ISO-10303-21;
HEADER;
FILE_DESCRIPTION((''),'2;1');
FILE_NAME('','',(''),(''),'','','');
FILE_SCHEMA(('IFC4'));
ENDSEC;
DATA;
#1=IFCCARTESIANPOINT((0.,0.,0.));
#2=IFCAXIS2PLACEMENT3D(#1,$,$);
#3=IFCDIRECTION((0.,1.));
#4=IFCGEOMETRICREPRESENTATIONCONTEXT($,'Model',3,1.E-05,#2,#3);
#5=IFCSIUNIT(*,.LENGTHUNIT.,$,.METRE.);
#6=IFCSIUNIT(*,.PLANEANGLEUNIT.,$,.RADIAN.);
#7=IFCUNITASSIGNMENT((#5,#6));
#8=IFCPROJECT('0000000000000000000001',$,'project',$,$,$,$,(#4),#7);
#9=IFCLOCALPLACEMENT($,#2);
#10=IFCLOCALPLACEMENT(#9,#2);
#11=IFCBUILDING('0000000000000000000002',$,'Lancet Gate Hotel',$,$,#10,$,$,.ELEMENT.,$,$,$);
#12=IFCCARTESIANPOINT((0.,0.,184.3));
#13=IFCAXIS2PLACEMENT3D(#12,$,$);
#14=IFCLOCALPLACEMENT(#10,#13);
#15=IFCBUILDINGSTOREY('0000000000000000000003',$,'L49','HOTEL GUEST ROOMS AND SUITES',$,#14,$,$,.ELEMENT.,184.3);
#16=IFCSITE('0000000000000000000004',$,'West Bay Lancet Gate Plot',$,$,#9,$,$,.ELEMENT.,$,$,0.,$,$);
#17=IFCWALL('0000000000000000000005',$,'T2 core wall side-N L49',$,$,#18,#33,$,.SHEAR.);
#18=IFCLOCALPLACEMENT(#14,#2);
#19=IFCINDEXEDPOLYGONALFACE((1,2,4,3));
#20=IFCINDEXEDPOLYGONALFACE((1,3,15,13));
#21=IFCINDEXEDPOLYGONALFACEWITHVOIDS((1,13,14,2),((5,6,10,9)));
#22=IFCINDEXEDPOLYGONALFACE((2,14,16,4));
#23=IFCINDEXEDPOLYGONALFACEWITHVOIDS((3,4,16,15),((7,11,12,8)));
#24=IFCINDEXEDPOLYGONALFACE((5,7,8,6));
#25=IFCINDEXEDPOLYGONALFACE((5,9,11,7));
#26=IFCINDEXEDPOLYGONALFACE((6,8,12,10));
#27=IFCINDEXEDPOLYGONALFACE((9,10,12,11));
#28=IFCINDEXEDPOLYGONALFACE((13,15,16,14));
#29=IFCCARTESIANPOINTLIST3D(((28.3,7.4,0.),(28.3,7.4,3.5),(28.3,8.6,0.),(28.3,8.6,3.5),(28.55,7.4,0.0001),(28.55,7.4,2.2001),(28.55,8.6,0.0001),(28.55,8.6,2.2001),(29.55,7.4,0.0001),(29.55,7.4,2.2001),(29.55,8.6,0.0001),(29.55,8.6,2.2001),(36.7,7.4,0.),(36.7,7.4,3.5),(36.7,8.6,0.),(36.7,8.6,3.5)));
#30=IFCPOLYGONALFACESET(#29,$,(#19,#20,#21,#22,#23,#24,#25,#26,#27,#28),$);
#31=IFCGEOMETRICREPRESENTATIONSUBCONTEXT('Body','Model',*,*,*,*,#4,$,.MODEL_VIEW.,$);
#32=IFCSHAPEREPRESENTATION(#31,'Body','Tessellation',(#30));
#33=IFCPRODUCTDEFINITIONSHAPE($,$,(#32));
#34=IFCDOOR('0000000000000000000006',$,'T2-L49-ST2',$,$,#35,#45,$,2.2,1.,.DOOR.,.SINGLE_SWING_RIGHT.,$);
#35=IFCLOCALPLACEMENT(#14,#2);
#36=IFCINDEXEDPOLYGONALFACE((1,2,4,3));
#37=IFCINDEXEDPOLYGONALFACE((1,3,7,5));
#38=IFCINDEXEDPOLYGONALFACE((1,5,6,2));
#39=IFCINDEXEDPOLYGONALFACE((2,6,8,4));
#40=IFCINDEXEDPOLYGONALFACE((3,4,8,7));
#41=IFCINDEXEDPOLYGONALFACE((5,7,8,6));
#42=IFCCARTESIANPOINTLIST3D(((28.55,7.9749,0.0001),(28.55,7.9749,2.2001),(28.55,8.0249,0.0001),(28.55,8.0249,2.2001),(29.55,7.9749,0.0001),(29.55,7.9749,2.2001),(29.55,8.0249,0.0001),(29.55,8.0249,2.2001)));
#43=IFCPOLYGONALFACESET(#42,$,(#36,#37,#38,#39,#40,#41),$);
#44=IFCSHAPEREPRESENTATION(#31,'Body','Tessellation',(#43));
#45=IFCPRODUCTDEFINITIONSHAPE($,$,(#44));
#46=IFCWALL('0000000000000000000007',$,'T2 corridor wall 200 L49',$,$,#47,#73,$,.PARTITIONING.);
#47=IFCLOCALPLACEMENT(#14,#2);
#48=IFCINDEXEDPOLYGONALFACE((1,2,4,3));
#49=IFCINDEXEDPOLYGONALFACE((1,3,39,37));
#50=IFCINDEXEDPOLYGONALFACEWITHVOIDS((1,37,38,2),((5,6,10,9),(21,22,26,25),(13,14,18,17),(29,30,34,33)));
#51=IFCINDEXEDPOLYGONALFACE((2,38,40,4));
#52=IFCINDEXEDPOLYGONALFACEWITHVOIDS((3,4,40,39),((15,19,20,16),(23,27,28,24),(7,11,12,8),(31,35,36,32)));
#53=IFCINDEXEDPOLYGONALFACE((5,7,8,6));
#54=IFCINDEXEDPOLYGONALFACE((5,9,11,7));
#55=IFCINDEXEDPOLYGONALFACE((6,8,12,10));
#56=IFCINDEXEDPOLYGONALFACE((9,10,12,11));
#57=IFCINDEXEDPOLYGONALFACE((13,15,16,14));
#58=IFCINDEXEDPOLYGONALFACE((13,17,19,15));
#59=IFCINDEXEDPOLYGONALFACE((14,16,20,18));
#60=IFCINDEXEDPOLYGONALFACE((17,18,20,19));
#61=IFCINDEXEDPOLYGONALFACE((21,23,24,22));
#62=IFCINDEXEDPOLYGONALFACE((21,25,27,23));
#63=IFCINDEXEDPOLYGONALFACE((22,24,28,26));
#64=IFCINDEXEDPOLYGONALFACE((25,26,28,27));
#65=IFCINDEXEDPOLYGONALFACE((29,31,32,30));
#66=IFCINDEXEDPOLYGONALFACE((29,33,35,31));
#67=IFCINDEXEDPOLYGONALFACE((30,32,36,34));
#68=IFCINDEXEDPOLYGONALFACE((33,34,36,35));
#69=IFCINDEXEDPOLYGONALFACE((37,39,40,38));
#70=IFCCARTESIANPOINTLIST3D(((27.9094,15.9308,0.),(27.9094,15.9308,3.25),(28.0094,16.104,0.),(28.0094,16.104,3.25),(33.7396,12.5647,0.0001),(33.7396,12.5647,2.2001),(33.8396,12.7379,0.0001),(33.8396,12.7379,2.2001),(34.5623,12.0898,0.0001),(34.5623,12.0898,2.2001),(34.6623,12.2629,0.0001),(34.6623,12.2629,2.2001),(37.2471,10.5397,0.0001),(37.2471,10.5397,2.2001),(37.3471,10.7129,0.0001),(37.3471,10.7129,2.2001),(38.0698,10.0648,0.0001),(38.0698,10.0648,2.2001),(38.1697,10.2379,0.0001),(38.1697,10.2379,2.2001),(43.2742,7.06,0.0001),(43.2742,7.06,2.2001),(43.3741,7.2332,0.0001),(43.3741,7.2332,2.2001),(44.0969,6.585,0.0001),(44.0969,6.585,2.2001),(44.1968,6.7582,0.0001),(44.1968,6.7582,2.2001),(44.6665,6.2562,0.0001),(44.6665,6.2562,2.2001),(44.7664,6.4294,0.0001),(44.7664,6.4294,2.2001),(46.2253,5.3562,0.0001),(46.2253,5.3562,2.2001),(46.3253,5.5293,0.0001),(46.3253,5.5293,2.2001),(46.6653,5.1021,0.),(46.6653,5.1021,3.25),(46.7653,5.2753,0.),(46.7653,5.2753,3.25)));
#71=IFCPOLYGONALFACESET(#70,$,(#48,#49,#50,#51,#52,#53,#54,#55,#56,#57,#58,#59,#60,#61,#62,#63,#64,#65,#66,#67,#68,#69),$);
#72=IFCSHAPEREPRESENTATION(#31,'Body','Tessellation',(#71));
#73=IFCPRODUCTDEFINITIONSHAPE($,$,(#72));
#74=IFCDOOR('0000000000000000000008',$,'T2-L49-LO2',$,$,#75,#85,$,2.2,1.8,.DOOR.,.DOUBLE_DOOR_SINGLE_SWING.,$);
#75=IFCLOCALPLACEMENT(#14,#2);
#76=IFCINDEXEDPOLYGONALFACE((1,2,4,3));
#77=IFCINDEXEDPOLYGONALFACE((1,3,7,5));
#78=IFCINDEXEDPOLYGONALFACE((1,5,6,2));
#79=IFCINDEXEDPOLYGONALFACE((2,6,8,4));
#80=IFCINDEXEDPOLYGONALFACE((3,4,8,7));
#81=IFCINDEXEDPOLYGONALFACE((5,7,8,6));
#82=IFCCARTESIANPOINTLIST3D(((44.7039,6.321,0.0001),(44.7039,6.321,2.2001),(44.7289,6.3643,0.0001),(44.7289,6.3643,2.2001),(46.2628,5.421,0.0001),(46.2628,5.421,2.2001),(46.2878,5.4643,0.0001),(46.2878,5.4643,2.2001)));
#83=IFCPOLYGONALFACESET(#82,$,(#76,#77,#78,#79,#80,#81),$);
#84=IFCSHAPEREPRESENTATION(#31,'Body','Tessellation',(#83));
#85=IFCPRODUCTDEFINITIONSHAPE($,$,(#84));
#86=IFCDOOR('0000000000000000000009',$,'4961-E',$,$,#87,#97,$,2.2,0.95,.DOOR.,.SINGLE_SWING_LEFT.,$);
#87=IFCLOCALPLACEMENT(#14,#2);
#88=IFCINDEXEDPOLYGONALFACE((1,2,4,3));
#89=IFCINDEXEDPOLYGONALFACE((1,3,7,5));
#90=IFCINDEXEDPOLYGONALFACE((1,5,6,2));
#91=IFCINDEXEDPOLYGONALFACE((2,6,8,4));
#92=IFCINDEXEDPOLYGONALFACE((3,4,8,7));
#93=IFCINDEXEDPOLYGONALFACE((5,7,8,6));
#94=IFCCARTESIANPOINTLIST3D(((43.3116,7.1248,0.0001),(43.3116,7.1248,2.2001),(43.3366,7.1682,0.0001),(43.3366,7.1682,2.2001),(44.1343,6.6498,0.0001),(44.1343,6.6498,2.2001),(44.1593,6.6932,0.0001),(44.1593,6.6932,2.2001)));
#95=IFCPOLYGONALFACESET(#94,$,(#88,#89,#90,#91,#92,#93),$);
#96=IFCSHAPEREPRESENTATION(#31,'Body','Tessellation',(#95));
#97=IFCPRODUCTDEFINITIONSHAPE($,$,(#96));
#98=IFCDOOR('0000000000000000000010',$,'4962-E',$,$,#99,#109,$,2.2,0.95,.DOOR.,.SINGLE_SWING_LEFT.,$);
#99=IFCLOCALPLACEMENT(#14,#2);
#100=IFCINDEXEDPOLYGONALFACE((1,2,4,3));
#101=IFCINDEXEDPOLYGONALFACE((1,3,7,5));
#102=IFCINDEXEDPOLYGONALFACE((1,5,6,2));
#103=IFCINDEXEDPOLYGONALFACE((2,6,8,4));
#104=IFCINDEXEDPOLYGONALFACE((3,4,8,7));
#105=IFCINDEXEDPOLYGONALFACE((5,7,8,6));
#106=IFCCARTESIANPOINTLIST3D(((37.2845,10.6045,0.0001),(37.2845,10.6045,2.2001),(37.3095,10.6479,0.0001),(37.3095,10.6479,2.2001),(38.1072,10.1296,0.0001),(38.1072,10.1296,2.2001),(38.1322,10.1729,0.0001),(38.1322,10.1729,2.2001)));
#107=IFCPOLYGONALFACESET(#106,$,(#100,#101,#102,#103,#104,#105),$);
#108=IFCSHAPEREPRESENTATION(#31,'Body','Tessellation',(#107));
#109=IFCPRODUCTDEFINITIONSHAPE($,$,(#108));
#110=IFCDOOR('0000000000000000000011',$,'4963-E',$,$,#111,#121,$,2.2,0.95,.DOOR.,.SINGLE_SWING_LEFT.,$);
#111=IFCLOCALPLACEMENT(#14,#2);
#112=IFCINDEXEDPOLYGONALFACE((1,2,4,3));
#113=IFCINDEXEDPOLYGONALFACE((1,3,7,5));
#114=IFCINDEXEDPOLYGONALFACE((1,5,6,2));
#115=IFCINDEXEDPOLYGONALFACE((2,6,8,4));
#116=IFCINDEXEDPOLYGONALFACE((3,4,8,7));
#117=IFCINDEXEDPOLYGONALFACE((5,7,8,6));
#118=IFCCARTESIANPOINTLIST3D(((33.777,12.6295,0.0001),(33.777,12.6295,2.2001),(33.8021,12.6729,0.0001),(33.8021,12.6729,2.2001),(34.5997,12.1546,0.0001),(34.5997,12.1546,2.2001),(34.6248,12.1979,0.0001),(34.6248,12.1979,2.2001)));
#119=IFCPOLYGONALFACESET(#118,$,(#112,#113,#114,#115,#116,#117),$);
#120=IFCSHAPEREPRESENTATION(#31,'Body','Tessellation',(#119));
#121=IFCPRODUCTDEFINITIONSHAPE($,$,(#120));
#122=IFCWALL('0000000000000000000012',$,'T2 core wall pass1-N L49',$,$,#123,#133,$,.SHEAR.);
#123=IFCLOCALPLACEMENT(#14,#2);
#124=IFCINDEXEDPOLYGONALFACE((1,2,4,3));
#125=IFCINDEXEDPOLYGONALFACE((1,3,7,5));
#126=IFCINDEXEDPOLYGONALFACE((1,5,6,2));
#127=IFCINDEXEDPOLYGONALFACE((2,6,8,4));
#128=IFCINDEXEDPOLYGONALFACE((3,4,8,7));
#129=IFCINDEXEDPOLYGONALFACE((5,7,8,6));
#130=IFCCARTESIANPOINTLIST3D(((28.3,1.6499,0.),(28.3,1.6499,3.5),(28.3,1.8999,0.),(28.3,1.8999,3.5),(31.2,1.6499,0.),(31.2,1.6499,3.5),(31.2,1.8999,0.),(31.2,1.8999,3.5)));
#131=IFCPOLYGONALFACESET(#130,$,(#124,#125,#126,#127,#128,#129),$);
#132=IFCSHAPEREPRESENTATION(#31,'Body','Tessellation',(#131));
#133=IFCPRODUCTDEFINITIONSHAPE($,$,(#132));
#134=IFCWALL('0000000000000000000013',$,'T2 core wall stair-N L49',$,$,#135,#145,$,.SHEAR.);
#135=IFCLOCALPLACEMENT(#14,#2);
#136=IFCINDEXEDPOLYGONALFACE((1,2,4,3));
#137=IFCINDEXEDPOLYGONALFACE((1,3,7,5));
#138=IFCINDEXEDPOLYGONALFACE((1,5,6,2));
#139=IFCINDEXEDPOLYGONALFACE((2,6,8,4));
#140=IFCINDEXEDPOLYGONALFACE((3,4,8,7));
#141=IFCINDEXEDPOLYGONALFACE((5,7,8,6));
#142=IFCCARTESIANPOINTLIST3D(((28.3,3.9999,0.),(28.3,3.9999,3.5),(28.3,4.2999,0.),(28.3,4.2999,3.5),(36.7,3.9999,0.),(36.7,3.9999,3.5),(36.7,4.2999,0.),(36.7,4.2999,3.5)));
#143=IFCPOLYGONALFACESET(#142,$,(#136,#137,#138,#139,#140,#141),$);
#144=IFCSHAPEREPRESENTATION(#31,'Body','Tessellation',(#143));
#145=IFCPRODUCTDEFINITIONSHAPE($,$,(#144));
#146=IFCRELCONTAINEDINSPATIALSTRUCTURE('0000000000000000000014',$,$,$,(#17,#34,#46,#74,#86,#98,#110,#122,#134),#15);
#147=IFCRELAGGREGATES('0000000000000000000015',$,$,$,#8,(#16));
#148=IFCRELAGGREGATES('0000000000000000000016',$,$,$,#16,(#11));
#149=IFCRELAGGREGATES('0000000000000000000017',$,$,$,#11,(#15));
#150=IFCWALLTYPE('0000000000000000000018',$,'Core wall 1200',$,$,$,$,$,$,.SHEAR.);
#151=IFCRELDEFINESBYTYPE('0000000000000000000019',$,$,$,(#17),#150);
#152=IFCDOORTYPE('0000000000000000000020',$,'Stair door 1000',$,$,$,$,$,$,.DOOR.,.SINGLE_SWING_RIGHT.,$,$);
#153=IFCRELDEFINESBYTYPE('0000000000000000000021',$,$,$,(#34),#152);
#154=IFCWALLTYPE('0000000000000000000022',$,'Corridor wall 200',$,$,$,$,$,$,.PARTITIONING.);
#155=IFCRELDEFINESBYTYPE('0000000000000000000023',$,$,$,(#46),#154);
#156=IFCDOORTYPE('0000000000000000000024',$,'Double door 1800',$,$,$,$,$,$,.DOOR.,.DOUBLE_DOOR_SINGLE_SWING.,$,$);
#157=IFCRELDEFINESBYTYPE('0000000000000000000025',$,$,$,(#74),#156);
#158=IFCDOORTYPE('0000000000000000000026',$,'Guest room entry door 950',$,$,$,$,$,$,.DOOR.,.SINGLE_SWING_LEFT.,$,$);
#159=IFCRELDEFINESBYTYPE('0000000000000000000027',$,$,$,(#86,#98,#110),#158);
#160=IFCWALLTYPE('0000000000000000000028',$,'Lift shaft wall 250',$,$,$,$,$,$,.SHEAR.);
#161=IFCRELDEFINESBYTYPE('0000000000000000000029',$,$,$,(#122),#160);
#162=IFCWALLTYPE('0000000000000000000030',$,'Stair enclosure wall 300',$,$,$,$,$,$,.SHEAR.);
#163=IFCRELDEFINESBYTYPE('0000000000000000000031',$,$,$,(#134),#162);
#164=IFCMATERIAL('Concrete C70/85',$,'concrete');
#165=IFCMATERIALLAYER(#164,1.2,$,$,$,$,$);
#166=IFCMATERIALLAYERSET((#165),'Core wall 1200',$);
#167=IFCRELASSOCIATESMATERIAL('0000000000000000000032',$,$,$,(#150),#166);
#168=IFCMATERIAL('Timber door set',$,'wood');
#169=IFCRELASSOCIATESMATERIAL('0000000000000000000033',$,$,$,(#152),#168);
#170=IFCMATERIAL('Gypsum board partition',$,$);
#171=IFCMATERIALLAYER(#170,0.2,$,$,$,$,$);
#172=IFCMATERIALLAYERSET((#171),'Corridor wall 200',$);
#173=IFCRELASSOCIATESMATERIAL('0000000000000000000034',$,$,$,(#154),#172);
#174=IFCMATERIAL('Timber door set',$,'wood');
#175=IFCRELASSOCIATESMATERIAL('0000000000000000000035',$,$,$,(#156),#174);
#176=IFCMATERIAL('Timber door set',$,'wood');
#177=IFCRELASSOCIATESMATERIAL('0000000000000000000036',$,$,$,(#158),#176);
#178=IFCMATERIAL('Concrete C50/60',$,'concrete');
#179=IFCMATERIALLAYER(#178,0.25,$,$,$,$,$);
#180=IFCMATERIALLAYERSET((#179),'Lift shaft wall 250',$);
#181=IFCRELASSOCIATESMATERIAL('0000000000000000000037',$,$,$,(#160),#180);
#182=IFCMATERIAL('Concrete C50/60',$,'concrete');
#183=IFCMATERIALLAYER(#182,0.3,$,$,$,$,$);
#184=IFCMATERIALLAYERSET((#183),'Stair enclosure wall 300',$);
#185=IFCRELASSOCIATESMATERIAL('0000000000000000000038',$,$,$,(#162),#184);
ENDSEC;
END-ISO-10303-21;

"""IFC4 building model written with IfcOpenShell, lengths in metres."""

from ifc_helpers import new_model, si_unit, direction, frame, frame_2d, origin, place, context, subcontext, project, spatial, rectangle, extrude, material, layer, layer_set, type_object, element, fill, save


model = new_model("IFC4")

# Units and contexts
model_context = context("Model", 3, precision=1e-05, world=origin(), true_north=direction((0.0, 1.0)))
body_context = subcontext(model_context, "Body", "Model", "MODEL_VIEW")
ifc_project = project(units=[si_unit("LENGTHUNIT", "METRE"), si_unit("PLANEANGLEUNIT", "RADIAN")], contexts=[model_context])

# Site, building, storey
site_placement = place(None, origin())
site = spatial("IfcSite", under=ifc_project, at=site_placement, Name="West Bay Lancet Gate Plot", CompositionType="ELEMENT", RefElevation=0.0)
building_placement = place(site_placement, origin())
building = spatial("IfcBuilding", under=site, at=building_placement, Name="Lancet Gate Hotel", CompositionType="ELEMENT")
storey_placement = place(building_placement, frame((0.0, 0.0, 184.3)))
storey = spatial("IfcBuildingStorey", under=building, at=storey_placement, Name="L49", Description="HOTEL GUEST ROOMS AND SUITES", CompositionType="ELEMENT", Elevation=184.3)

# Wall, opening, door
ifc_material_1 = material(Name="Concrete C70/85", Category="concrete")
ifc_layer_1 = layer(ifc_material_1, 1.2)
ifc_layer_set_1 = layer_set([ifc_layer_1], Name="Core wall 1200")
wall_type_1 = type_object("IfcWallType", Name="Core wall 1200", PredefinedType="SHEAR", material=ifc_layer_set_1)
wall_1_placement = place(storey_placement, frame((28.3, 8.0, 0.0), z_axis=(0.0, 0.0, 1.0), x_axis=(1.0, 0.0, 0.0)))
wall_1 = element("IfcWall", 1, at=wall_1_placement, inside=storey, type_object=wall_type_1, Name="T2 core wall side-N L49", PredefinedType="SHEAR", context=body_context, shape_type="SweptSolid", body=[
    extrude(rectangle(XDim=8.3999, YDim=1.2, at=frame_2d((4.2, 0.0))), origin(), (0.0, 0.0, 1.0), 3.5),
])
opening_1_placement = place(wall_1_placement, frame((0.25, 0.0, 0.0)))
opening_1 = element("IfcOpeningElement", 2, at=opening_1_placement, cuts=wall_1, PredefinedType="OPENING", context=body_context, shape_type="SweptSolid", body=[
    extrude(rectangle(XDim=1.0, YDim=2.2, at=frame_2d((0.5, 1.1001))), frame((0.0, 0.6099, 0.0), z_axis=(0.0, -1.0, 0.0), x_axis=(1.0, 0.0, 0.0)), (0.0, 0.0, 1.0), 1.22),
])
ifc_material_2 = material(Name="Timber door set", Category="wood")
door_type_1 = type_object("IfcDoorType", Name="Stair door 1000", OperationType="SINGLE_SWING_RIGHT", PredefinedType="DOOR", material=ifc_material_2)
door_1_placement = place(opening_1_placement, origin())
door_1 = element("IfcDoor", 3, at=door_1_placement, inside=storey, type_object=door_type_1, Name="T2-L49-ST2", OperationType="SINGLE_SWING_RIGHT", OverallHeight=2.2, OverallWidth=1.0, PredefinedType="DOOR", context=body_context, shape_type="SweptSolid", body=[
    extrude(rectangle(XDim=1.0, YDim=2.2, at=frame_2d((0.5, 1.1001))), frame((0.0, 0.0249, 0.0), z_axis=(0.0, -1.0, 0.0), x_axis=(1.0, 0.0, 0.0)), (0.0, 0.0, 1.0), 0.05),
])
fill(opening_1, door_1)

# Wall, openings, doors
ifc_material_3 = material(Name="Gypsum board partition")
ifc_layer_2 = layer(ifc_material_3, 0.2)
ifc_layer_set_2 = layer_set([ifc_layer_2], Name="Corridor wall 200")
wall_type_2 = type_object("IfcWallType", Name="Corridor wall 200", PredefinedType="PARTITIONING", material=ifc_layer_set_2)
wall_2_placement = place(storey_placement, frame((27.9595, 16.0173, 0.0), z_axis=(0.0, 0.0, 1.0), x_axis=(0.866027, -0.499997, 0.0)))
wall_2 = element("IfcWall", 4, at=wall_2_placement, inside=storey, type_object=wall_type_2, Name="T2 corridor wall 200 L49", PredefinedType="PARTITIONING", context=body_context, shape_type="SweptSolid", body=[
    extrude(rectangle(XDim=21.6575, YDim=0.2, at=frame_2d((10.8286, 0.0))), origin(), (0.0, 0.0, 1.0), 3.25),
])
opening_2_placement = place(wall_2_placement, frame((17.7415, 0.0, 0.0)))
opening_2 = element("IfcOpeningElement", 5, at=opening_2_placement, cuts=wall_2, PredefinedType="OPENING", context=body_context, shape_type="SweptSolid", body=[
    extrude(rectangle(XDim=0.95, YDim=2.2, at=frame_2d((0.4751, 1.1001))), frame((0.0, 0.1099, 0.0), z_axis=(0.0, -1.0, 0.0), x_axis=(1.0, 0.0, 0.0)), (0.0, 0.0, 1.0), 0.22),
])
opening_3_placement = place(wall_2_placement, frame((10.782, 0.0, 0.0)))
opening_3 = element("IfcOpeningElement", 6, at=opening_3_placement, cuts=wall_2, PredefinedType="OPENING", context=body_context, shape_type="SweptSolid", body=[
    extrude(rectangle(XDim=0.95, YDim=2.2, at=frame_2d((0.4751, 1.1001))), frame((0.0, 0.1099, 0.0), z_axis=(0.0, -1.0, 0.0), x_axis=(1.0, 0.0, 0.0)), (0.0, 0.0, 1.0), 0.22),
])
opening_4_placement = place(wall_2_placement, frame((6.7319, 0.0, 0.0)))
opening_4 = element("IfcOpeningElement", 7, at=opening_4_placement, cuts=wall_2, PredefinedType="OPENING", context=body_context, shape_type="SweptSolid", body=[
    extrude(rectangle(XDim=0.95, YDim=2.2, at=frame_2d((0.4751, 1.1001))), frame((0.0, 0.1099, 0.0), z_axis=(0.0, -1.0, 0.0), x_axis=(1.0, 0.0, 0.0)), (0.0, 0.0, 1.0), 0.22),
])
opening_5_placement = place(wall_2_placement, frame((19.3494, 0.0, 0.0)))
opening_5 = element("IfcOpeningElement", 8, at=opening_5_placement, cuts=wall_2, PredefinedType="OPENING", context=body_context, shape_type="SweptSolid", body=[
    extrude(rectangle(XDim=1.8, YDim=2.2, at=frame_2d((0.8999, 1.1001))), frame((0.0, 0.1099, 0.0), z_axis=(0.0, -1.0, 0.0), x_axis=(1.0, 0.0, 0.0)), (0.0, 0.0, 1.0), 0.22),
])
ifc_material_4 = material(Name="Timber door set", Category="wood")
door_type_2 = type_object("IfcDoorType", Name="Double door 1800", OperationType="DOUBLE_DOOR_SINGLE_SWING", PredefinedType="DOOR", material=ifc_material_4)
door_2_placement = place(opening_5_placement, origin())
door_2 = element("IfcDoor", 9, at=door_2_placement, inside=storey, type_object=door_type_2, Name="T2-L49-LO2", OperationType="DOUBLE_DOOR_SINGLE_SWING", OverallHeight=2.2, OverallWidth=1.8, PredefinedType="DOOR", context=body_context, shape_type="SweptSolid", body=[
    extrude(rectangle(XDim=1.8, YDim=2.2, at=frame_2d((0.8999, 1.1001))), frame((0.0, 0.0249, 0.0), z_axis=(0.0, -1.0, 0.0), x_axis=(1.0, 0.0, 0.0)), (0.0, 0.0, 1.0), 0.05),
])
fill(opening_5, door_2)
ifc_material_5 = material(Name="Timber door set", Category="wood")
door_type_3 = type_object("IfcDoorType", Name="Guest room entry door 950", OperationType="SINGLE_SWING_LEFT", PredefinedType="DOOR", material=ifc_material_5)
door_3_placement = place(opening_2_placement, origin())
door_3 = element("IfcDoor", 10, at=door_3_placement, inside=storey, type_object=door_type_3, Name="4961-E", OperationType="SINGLE_SWING_LEFT", OverallHeight=2.2, OverallWidth=0.95, PredefinedType="DOOR", context=body_context, shape_type="SweptSolid", body=[
    extrude(rectangle(XDim=0.95, YDim=2.2, at=frame_2d((0.4751, 1.1001))), frame((0.0, 0.0249, 0.0), z_axis=(0.0, -1.0, 0.0), x_axis=(1.0, 0.0, 0.0)), (0.0, 0.0, 1.0), 0.05),
])
fill(opening_2, door_3)
door_4_placement = place(opening_3_placement, origin())
door_4 = element("IfcDoor", 11, at=door_4_placement, inside=storey, type_object=door_type_3, Name="4962-E", OperationType="SINGLE_SWING_LEFT", OverallHeight=2.2, OverallWidth=0.95, PredefinedType="DOOR", context=body_context, shape_type="SweptSolid", body=[
    extrude(rectangle(XDim=0.95, YDim=2.2, at=frame_2d((0.4751, 1.1001))), frame((0.0, 0.0249, 0.0), z_axis=(0.0, -1.0, 0.0), x_axis=(1.0, 0.0, 0.0)), (0.0, 0.0, 1.0), 0.05),
])
fill(opening_3, door_4)
door_5_placement = place(opening_4_placement, origin())
door_5 = element("IfcDoor", 12, at=door_5_placement, inside=storey, type_object=door_type_3, Name="4963-E", OperationType="SINGLE_SWING_LEFT", OverallHeight=2.2, OverallWidth=0.95, PredefinedType="DOOR", context=body_context, shape_type="SweptSolid", body=[
    extrude(rectangle(XDim=0.95, YDim=2.2, at=frame_2d((0.4751, 1.1001))), frame((0.0, 0.0249, 0.0), z_axis=(0.0, -1.0, 0.0), x_axis=(1.0, 0.0, 0.0)), (0.0, 0.0, 1.0), 0.05),
])
fill(opening_4, door_5)

# Walls
ifc_material_6 = material(Name="Concrete C50/60", Category="concrete")
ifc_layer_3 = layer(ifc_material_6, 0.25)
ifc_layer_set_3 = layer_set([ifc_layer_3], Name="Lift shaft wall 250")
wall_type_3 = type_object("IfcWallType", Name="Lift shaft wall 250", PredefinedType="SHEAR", material=ifc_layer_set_3)
wall_3_placement = place(storey_placement, frame((28.3, 1.7749, 0.0), z_axis=(0.0, 0.0, 1.0), x_axis=(1.0, 0.0, 0.0)))
element("IfcWall", 13, at=wall_3_placement, inside=storey, type_object=wall_type_3, Name="T2 core wall pass1-N L49", PredefinedType="SHEAR", context=body_context, shape_type="SweptSolid", body=[
    extrude(rectangle(XDim=2.8999, YDim=0.25, at=frame_2d((1.45, 0.0))), origin(), (0.0, 0.0, 1.0), 3.5),
])
ifc_material_7 = material(Name="Concrete C50/60", Category="concrete")
ifc_layer_4 = layer(ifc_material_7, 0.3)
ifc_layer_set_4 = layer_set([ifc_layer_4], Name="Stair enclosure wall 300")
wall_type_4 = type_object("IfcWallType", Name="Stair enclosure wall 300", PredefinedType="SHEAR", material=ifc_layer_set_4)
wall_4_placement = place(storey_placement, frame((28.3, 4.1499, 0.0), z_axis=(0.0, 0.0, 1.0), x_axis=(1.0, 0.0, 0.0)))
element("IfcWall", 14, at=wall_4_placement, inside=storey, type_object=wall_type_4, Name="T2 core wall stair-N L49", PredefinedType="SHEAR", context=body_context, shape_type="SweptSolid", body=[
    extrude(rectangle(XDim=8.3999, YDim=0.3, at=frame_2d((4.2, 0.0))), origin(), (0.0, 0.0, 1.0), 3.5),
])

save(model, "model.ifc")
